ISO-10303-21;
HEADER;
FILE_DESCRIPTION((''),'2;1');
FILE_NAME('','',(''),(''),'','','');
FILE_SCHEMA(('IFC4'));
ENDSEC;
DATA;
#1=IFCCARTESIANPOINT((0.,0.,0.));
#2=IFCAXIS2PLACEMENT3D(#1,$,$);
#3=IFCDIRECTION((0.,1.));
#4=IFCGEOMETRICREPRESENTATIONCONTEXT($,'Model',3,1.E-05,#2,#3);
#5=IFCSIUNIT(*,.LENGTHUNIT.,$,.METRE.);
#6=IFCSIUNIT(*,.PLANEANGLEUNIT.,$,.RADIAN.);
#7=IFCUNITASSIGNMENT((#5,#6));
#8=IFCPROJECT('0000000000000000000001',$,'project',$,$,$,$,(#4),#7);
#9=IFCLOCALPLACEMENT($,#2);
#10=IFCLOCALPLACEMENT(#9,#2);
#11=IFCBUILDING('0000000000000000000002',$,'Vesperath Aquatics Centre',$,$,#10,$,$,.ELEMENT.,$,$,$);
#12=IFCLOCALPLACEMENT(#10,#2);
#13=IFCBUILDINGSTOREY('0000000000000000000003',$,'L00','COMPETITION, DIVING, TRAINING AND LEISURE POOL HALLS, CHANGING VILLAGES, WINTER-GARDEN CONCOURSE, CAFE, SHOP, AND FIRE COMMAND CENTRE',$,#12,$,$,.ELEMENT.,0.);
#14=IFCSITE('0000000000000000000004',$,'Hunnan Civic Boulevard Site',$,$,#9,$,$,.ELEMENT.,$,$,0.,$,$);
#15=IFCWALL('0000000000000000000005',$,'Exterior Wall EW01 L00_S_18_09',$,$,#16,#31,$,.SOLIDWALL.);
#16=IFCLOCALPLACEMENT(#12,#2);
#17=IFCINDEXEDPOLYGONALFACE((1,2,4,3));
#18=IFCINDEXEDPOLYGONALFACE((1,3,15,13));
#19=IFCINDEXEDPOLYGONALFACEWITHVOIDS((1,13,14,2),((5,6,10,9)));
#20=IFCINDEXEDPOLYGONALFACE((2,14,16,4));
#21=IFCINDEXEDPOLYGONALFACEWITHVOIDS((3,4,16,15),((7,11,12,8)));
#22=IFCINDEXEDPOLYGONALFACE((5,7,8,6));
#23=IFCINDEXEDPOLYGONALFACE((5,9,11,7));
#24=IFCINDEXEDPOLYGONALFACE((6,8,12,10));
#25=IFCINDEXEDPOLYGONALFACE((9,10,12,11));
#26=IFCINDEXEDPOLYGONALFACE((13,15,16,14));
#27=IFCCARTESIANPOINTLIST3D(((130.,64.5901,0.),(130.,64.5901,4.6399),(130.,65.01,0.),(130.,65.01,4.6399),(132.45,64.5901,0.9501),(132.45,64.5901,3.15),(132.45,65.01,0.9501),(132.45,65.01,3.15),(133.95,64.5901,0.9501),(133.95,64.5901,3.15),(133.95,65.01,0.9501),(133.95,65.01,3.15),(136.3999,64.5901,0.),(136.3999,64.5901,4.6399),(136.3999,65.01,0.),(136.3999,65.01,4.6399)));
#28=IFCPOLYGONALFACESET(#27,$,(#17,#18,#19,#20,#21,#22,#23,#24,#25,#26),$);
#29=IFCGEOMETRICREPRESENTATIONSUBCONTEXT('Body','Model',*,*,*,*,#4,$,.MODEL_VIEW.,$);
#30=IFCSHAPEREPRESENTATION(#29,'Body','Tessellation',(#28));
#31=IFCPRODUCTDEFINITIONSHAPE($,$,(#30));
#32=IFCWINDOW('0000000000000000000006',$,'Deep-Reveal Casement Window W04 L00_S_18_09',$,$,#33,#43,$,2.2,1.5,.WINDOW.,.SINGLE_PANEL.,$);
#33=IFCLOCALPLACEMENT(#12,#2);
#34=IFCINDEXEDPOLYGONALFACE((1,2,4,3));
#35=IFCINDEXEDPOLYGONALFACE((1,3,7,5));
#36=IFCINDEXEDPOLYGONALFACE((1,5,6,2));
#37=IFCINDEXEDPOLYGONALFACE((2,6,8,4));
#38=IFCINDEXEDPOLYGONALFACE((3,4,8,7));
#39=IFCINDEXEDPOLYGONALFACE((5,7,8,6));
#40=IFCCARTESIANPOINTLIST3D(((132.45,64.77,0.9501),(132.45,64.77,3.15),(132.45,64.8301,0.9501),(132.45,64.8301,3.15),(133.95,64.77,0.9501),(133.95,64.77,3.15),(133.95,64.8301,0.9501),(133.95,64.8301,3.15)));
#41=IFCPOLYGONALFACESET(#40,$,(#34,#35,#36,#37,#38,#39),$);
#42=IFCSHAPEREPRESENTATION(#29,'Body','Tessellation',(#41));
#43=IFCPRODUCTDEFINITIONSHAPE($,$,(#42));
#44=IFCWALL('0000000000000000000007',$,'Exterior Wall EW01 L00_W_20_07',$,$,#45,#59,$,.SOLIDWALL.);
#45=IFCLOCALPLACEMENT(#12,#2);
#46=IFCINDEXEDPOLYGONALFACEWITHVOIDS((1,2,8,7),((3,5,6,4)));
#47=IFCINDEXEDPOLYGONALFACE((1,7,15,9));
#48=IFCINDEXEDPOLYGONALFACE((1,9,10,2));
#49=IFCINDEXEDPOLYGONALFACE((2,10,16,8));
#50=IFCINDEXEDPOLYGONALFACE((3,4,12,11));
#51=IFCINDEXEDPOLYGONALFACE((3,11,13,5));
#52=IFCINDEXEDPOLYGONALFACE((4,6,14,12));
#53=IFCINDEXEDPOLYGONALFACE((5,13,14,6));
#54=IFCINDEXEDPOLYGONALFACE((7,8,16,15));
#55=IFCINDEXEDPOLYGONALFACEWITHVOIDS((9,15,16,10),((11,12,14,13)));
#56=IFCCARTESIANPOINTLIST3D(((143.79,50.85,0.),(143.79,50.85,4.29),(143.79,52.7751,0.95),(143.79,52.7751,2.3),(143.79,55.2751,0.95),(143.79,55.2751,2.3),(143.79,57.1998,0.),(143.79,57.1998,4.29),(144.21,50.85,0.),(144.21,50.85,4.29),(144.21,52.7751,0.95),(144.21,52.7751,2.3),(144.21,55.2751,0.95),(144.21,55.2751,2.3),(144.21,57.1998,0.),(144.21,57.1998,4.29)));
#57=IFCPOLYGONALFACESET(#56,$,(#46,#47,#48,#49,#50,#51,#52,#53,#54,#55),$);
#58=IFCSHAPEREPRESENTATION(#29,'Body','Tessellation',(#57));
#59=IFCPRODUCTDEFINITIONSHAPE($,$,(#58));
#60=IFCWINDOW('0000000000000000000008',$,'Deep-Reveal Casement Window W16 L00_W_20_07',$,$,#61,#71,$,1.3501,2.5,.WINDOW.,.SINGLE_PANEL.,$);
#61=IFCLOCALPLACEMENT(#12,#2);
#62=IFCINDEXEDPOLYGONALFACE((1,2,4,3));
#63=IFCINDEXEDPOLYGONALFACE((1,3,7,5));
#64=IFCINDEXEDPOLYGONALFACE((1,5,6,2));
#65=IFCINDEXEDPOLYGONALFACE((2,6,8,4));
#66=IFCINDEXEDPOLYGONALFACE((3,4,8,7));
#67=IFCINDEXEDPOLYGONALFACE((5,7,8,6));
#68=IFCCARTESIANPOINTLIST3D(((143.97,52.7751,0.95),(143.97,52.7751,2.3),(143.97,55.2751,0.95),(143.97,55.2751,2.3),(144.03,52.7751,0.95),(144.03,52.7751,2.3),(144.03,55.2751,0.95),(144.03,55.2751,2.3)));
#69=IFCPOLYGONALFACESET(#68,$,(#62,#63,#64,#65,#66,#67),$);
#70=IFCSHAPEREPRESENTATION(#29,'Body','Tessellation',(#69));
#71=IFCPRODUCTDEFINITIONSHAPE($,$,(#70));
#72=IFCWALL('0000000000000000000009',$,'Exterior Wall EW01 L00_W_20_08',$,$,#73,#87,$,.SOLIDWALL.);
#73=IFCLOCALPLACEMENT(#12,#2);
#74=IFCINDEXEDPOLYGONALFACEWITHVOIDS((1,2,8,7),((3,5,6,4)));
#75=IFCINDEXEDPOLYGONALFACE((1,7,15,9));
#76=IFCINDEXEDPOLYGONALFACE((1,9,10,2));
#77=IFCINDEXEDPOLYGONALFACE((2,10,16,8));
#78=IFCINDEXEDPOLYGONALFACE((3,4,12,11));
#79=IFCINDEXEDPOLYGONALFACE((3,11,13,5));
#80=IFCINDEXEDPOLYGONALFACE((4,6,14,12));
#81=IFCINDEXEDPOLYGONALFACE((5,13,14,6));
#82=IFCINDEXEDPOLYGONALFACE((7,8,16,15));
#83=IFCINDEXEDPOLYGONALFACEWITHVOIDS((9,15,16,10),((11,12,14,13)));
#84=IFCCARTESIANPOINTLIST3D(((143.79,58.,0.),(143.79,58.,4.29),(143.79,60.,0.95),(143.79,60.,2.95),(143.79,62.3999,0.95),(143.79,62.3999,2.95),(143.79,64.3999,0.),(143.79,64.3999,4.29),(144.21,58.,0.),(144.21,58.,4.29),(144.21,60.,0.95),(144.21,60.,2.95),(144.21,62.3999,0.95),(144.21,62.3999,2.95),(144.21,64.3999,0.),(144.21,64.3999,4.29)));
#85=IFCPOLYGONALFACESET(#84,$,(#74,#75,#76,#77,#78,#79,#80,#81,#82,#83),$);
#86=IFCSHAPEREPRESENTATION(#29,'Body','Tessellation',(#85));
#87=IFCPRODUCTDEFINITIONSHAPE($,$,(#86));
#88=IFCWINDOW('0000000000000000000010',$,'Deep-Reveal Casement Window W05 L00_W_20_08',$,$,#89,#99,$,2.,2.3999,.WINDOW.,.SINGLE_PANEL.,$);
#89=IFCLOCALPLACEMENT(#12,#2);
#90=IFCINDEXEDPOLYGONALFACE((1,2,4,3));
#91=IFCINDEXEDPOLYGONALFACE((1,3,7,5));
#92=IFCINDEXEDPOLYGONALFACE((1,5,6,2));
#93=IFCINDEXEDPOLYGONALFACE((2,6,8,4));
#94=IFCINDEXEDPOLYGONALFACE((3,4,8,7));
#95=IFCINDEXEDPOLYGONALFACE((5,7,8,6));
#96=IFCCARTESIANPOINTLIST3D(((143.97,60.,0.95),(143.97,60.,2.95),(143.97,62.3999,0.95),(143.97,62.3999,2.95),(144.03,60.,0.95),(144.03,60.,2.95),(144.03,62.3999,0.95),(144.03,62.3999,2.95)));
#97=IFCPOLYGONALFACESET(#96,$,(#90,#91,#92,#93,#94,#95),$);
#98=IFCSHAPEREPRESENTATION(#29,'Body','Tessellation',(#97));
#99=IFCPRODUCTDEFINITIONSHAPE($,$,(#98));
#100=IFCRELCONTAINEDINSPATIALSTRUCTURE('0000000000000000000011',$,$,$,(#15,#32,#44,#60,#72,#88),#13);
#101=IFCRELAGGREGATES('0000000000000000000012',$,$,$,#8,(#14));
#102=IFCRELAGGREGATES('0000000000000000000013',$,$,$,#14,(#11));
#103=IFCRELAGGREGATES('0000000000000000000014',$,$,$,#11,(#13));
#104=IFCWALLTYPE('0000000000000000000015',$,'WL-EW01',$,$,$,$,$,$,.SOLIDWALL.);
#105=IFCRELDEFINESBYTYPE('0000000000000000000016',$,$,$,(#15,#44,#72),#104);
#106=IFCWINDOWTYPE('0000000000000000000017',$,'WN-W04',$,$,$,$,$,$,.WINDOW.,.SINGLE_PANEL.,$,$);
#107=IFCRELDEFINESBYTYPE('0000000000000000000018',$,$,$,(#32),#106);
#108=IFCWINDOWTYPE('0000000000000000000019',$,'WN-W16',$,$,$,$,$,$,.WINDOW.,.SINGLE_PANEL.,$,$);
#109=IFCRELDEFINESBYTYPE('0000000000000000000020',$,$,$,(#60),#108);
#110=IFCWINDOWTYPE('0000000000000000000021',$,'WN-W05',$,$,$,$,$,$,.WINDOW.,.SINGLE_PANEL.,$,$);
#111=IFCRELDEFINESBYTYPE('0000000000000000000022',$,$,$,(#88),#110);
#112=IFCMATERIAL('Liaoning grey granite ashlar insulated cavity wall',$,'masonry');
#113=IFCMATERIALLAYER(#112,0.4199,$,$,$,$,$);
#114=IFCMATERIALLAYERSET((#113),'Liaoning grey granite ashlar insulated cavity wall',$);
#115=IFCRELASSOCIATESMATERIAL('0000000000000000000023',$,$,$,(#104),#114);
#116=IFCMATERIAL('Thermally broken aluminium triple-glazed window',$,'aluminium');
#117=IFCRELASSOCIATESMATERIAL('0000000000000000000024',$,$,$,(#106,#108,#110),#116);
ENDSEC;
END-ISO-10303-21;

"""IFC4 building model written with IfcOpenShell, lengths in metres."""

from ifc_helpers import new_model, si_unit, direction, frame, frame_2d, origin, place, context, subcontext, project, spatial, rectangle, extrude, material, layer, layer_set, type_object, element, fill, save


model = new_model("IFC4")

# Units and contexts
model_context = context("Model", 3, precision=1e-05, world=origin(), true_north=direction((0.0, 1.0)))
body_context = subcontext(model_context, "Body", "Model", "MODEL_VIEW")
ifc_project = project(units=[si_unit("LENGTHUNIT", "METRE"), si_unit("PLANEANGLEUNIT", "RADIAN")], contexts=[model_context])

# Site, building, storey
site_placement = place(None, origin())
site = spatial("IfcSite", under=ifc_project, at=site_placement, Name="Hunnan Civic Boulevard Site", CompositionType="ELEMENT", RefElevation=0.0)
building_placement = place(site_placement, origin())
building = spatial("IfcBuilding", under=site, at=building_placement, Name="Vesperath Aquatics Centre", CompositionType="ELEMENT")
storey_placement = place(building_placement, origin())
storey = spatial("IfcBuildingStorey", under=building, at=storey_placement, Name="L00", Description="COMPETITION, DIVING, TRAINING AND LEISURE POOL HALLS, CHANGING VILLAGES, WINTER-GARDEN CONCOURSE, CAFE, SHOP, AND FIRE COMMAND CENTRE", CompositionType="ELEMENT", Elevation=0.0)

# Walls, openings, windows
ifc_material_1 = material(Name="Liaoning grey granite ashlar insulated cavity wall", Category="masonry")
ifc_layer_1 = layer(ifc_material_1, 0.4199)
ifc_layer_set_1 = layer_set([ifc_layer_1], Name="Liaoning grey granite ashlar insulated cavity wall")
wall_type = type_object("IfcWallType", Name="WL-EW01", PredefinedType="SOLIDWALL", material=ifc_layer_set_1)
ifc_material_2 = material(Name="Thermally broken aluminium triple-glazed window", Category="aluminium")
wall_1_placement = place(storey_placement, frame((130.0, 64.8, 0.0), z_axis=(0.0, 0.0, 1.0), x_axis=(1.0, 0.0, 0.0)))
wall_1 = element("IfcWall", 1, at=wall_1_placement, inside=storey, type_object=wall_type, Name="Exterior Wall EW01 L00_S_18_09", PredefinedType="SOLIDWALL", context=body_context, shape_type="SweptSolid", body=[
    extrude(rectangle(XDim=6.3999, YDim=0.4199, at=frame_2d((3.2, 0.0))), origin(), (0.0, 0.0, 1.0), 4.6399),
])
opening_1_placement = place(wall_1_placement, frame((2.45, 0.0, 0.95)))
opening_1 = element("IfcOpeningElement", 2, at=opening_1_placement, cuts=wall_1, PredefinedType="OPENING", context=body_context, shape_type="SweptSolid", body=[
    extrude(rectangle(XDim=1.5, YDim=2.2, at=frame_2d((0.75, 1.1001))), frame((0.0, 0.2249, 0.0), z_axis=(0.0, -1.0, 0.0), x_axis=(1.0, 0.0, 0.0)), (0.0, 0.0, 1.0), 0.4497),
])
window_type_1 = type_object("IfcWindowType", Name="WN-W04", PartitioningType="SINGLE_PANEL", PredefinedType="WINDOW", material=ifc_material_2)
window_1_placement = place(opening_1_placement, origin())
window_1 = element("IfcWindow", 3, at=window_1_placement, inside=storey, type_object=window_type_1, Name="Deep-Reveal Casement Window W04 L00_S_18_09", OverallHeight=2.2, OverallWidth=1.5, PartitioningType="SINGLE_PANEL", PredefinedType="WINDOW", context=body_context, shape_type="SweptSolid", body=[
    extrude(rectangle(XDim=1.5, YDim=2.2, at=frame_2d((0.75, 1.1001))), frame((0.0, 0.03, 0.0), z_axis=(0.0, -1.0, 0.0), x_axis=(1.0, 0.0, 0.0)), (0.0, 0.0, 1.0), 0.0601),
])
fill(opening_1, window_1)
wall_2_placement = place(storey_placement, frame((144.0, 50.8501, 0.0), z_axis=(0.0, 0.0, 1.0), x_axis=(0.0, 1.0, 0.0)))
wall_2 = element("IfcWall", 4, at=wall_2_placement, inside=storey, type_object=wall_type, Name="Exterior Wall EW01 L00_W_20_07", PredefinedType="SOLIDWALL", context=body_context, shape_type="SweptSolid", body=[
    extrude(rectangle(XDim=6.3499, YDim=0.4199, at=frame_2d((3.1748, 0.0))), origin(), (0.0, 0.0, 1.0), 4.29),
])
opening_2_placement = place(wall_2_placement, frame((1.925, 0.0, 0.95)))
opening_2 = element("IfcOpeningElement", 5, at=opening_2_placement, cuts=wall_2, PredefinedType="OPENING", context=body_context, shape_type="SweptSolid", body=[
    extrude(rectangle(XDim=2.5, YDim=1.3501, at=frame_2d((1.25, 0.675))), frame((0.0, 0.2249, 0.0), z_axis=(0.0, -1.0, 0.0), x_axis=(1.0, 0.0, 0.0)), (0.0, 0.0, 1.0), 0.4497),
])
window_type_2 = type_object("IfcWindowType", Name="WN-W16", PartitioningType="SINGLE_PANEL", PredefinedType="WINDOW", material=ifc_material_2)
window_2_placement = place(opening_2_placement, origin())
window_2 = element("IfcWindow", 6, at=window_2_placement, inside=storey, type_object=window_type_2, Name="Deep-Reveal Casement Window W16 L00_W_20_07", OverallHeight=1.3501, OverallWidth=2.5, PartitioningType="SINGLE_PANEL", PredefinedType="WINDOW", context=body_context, shape_type="SweptSolid", body=[
    extrude(rectangle(XDim=2.5, YDim=1.3501, at=frame_2d((1.25, 0.675))), frame((0.0, 0.03, 0.0), z_axis=(0.0, -1.0, 0.0), x_axis=(1.0, 0.0, 0.0)), (0.0, 0.0, 1.0), 0.0601),
])
fill(opening_2, window_2)
wall_3_placement = place(storey_placement, frame((144.0, 58.0, 0.0), z_axis=(0.0, 0.0, 1.0), x_axis=(0.0, 1.0, 0.0)))
wall_3 = element("IfcWall", 7, at=wall_3_placement, inside=storey, type_object=wall_type, Name="Exterior Wall EW01 L00_W_20_08", PredefinedType="SOLIDWALL", context=body_context, shape_type="SweptSolid", body=[
    extrude(rectangle(XDim=6.3999, YDim=0.4199, at=frame_2d((3.2, 0.0))), origin(), (0.0, 0.0, 1.0), 4.29),
])
opening_3_placement = place(wall_3_placement, frame((2.0, 0.0, 0.95)))
opening_3 = element("IfcOpeningElement", 8, at=opening_3_placement, cuts=wall_3, PredefinedType="OPENING", context=body_context, shape_type="SweptSolid", body=[
    extrude(rectangle(XDim=2.3999, YDim=2.0, at=frame_2d((1.2, 1.0))), frame((0.0, 0.2249, 0.0), z_axis=(0.0, -1.0, 0.0), x_axis=(1.0, 0.0, 0.0)), (0.0, 0.0, 1.0), 0.4497),
])
window_type_3 = type_object("IfcWindowType", Name="WN-W05", PartitioningType="SINGLE_PANEL", PredefinedType="WINDOW", material=ifc_material_2)
window_3_placement = place(opening_3_placement, origin())
window_3 = element("IfcWindow", 9, at=window_3_placement, inside=storey, type_object=window_type_3, Name="Deep-Reveal Casement Window W05 L00_W_20_08", OverallHeight=2.0, OverallWidth=2.3999, PartitioningType="SINGLE_PANEL", PredefinedType="WINDOW", context=body_context, shape_type="SweptSolid", body=[
    extrude(rectangle(XDim=2.3999, YDim=2.0, at=frame_2d((1.2, 1.0))), frame((0.0, 0.03, 0.0), z_axis=(0.0, -1.0, 0.0), x_axis=(1.0, 0.0, 0.0)), (0.0, 0.0, 1.0), 0.0601),
])
fill(opening_3, window_3)

save(model, "model.ifc")
